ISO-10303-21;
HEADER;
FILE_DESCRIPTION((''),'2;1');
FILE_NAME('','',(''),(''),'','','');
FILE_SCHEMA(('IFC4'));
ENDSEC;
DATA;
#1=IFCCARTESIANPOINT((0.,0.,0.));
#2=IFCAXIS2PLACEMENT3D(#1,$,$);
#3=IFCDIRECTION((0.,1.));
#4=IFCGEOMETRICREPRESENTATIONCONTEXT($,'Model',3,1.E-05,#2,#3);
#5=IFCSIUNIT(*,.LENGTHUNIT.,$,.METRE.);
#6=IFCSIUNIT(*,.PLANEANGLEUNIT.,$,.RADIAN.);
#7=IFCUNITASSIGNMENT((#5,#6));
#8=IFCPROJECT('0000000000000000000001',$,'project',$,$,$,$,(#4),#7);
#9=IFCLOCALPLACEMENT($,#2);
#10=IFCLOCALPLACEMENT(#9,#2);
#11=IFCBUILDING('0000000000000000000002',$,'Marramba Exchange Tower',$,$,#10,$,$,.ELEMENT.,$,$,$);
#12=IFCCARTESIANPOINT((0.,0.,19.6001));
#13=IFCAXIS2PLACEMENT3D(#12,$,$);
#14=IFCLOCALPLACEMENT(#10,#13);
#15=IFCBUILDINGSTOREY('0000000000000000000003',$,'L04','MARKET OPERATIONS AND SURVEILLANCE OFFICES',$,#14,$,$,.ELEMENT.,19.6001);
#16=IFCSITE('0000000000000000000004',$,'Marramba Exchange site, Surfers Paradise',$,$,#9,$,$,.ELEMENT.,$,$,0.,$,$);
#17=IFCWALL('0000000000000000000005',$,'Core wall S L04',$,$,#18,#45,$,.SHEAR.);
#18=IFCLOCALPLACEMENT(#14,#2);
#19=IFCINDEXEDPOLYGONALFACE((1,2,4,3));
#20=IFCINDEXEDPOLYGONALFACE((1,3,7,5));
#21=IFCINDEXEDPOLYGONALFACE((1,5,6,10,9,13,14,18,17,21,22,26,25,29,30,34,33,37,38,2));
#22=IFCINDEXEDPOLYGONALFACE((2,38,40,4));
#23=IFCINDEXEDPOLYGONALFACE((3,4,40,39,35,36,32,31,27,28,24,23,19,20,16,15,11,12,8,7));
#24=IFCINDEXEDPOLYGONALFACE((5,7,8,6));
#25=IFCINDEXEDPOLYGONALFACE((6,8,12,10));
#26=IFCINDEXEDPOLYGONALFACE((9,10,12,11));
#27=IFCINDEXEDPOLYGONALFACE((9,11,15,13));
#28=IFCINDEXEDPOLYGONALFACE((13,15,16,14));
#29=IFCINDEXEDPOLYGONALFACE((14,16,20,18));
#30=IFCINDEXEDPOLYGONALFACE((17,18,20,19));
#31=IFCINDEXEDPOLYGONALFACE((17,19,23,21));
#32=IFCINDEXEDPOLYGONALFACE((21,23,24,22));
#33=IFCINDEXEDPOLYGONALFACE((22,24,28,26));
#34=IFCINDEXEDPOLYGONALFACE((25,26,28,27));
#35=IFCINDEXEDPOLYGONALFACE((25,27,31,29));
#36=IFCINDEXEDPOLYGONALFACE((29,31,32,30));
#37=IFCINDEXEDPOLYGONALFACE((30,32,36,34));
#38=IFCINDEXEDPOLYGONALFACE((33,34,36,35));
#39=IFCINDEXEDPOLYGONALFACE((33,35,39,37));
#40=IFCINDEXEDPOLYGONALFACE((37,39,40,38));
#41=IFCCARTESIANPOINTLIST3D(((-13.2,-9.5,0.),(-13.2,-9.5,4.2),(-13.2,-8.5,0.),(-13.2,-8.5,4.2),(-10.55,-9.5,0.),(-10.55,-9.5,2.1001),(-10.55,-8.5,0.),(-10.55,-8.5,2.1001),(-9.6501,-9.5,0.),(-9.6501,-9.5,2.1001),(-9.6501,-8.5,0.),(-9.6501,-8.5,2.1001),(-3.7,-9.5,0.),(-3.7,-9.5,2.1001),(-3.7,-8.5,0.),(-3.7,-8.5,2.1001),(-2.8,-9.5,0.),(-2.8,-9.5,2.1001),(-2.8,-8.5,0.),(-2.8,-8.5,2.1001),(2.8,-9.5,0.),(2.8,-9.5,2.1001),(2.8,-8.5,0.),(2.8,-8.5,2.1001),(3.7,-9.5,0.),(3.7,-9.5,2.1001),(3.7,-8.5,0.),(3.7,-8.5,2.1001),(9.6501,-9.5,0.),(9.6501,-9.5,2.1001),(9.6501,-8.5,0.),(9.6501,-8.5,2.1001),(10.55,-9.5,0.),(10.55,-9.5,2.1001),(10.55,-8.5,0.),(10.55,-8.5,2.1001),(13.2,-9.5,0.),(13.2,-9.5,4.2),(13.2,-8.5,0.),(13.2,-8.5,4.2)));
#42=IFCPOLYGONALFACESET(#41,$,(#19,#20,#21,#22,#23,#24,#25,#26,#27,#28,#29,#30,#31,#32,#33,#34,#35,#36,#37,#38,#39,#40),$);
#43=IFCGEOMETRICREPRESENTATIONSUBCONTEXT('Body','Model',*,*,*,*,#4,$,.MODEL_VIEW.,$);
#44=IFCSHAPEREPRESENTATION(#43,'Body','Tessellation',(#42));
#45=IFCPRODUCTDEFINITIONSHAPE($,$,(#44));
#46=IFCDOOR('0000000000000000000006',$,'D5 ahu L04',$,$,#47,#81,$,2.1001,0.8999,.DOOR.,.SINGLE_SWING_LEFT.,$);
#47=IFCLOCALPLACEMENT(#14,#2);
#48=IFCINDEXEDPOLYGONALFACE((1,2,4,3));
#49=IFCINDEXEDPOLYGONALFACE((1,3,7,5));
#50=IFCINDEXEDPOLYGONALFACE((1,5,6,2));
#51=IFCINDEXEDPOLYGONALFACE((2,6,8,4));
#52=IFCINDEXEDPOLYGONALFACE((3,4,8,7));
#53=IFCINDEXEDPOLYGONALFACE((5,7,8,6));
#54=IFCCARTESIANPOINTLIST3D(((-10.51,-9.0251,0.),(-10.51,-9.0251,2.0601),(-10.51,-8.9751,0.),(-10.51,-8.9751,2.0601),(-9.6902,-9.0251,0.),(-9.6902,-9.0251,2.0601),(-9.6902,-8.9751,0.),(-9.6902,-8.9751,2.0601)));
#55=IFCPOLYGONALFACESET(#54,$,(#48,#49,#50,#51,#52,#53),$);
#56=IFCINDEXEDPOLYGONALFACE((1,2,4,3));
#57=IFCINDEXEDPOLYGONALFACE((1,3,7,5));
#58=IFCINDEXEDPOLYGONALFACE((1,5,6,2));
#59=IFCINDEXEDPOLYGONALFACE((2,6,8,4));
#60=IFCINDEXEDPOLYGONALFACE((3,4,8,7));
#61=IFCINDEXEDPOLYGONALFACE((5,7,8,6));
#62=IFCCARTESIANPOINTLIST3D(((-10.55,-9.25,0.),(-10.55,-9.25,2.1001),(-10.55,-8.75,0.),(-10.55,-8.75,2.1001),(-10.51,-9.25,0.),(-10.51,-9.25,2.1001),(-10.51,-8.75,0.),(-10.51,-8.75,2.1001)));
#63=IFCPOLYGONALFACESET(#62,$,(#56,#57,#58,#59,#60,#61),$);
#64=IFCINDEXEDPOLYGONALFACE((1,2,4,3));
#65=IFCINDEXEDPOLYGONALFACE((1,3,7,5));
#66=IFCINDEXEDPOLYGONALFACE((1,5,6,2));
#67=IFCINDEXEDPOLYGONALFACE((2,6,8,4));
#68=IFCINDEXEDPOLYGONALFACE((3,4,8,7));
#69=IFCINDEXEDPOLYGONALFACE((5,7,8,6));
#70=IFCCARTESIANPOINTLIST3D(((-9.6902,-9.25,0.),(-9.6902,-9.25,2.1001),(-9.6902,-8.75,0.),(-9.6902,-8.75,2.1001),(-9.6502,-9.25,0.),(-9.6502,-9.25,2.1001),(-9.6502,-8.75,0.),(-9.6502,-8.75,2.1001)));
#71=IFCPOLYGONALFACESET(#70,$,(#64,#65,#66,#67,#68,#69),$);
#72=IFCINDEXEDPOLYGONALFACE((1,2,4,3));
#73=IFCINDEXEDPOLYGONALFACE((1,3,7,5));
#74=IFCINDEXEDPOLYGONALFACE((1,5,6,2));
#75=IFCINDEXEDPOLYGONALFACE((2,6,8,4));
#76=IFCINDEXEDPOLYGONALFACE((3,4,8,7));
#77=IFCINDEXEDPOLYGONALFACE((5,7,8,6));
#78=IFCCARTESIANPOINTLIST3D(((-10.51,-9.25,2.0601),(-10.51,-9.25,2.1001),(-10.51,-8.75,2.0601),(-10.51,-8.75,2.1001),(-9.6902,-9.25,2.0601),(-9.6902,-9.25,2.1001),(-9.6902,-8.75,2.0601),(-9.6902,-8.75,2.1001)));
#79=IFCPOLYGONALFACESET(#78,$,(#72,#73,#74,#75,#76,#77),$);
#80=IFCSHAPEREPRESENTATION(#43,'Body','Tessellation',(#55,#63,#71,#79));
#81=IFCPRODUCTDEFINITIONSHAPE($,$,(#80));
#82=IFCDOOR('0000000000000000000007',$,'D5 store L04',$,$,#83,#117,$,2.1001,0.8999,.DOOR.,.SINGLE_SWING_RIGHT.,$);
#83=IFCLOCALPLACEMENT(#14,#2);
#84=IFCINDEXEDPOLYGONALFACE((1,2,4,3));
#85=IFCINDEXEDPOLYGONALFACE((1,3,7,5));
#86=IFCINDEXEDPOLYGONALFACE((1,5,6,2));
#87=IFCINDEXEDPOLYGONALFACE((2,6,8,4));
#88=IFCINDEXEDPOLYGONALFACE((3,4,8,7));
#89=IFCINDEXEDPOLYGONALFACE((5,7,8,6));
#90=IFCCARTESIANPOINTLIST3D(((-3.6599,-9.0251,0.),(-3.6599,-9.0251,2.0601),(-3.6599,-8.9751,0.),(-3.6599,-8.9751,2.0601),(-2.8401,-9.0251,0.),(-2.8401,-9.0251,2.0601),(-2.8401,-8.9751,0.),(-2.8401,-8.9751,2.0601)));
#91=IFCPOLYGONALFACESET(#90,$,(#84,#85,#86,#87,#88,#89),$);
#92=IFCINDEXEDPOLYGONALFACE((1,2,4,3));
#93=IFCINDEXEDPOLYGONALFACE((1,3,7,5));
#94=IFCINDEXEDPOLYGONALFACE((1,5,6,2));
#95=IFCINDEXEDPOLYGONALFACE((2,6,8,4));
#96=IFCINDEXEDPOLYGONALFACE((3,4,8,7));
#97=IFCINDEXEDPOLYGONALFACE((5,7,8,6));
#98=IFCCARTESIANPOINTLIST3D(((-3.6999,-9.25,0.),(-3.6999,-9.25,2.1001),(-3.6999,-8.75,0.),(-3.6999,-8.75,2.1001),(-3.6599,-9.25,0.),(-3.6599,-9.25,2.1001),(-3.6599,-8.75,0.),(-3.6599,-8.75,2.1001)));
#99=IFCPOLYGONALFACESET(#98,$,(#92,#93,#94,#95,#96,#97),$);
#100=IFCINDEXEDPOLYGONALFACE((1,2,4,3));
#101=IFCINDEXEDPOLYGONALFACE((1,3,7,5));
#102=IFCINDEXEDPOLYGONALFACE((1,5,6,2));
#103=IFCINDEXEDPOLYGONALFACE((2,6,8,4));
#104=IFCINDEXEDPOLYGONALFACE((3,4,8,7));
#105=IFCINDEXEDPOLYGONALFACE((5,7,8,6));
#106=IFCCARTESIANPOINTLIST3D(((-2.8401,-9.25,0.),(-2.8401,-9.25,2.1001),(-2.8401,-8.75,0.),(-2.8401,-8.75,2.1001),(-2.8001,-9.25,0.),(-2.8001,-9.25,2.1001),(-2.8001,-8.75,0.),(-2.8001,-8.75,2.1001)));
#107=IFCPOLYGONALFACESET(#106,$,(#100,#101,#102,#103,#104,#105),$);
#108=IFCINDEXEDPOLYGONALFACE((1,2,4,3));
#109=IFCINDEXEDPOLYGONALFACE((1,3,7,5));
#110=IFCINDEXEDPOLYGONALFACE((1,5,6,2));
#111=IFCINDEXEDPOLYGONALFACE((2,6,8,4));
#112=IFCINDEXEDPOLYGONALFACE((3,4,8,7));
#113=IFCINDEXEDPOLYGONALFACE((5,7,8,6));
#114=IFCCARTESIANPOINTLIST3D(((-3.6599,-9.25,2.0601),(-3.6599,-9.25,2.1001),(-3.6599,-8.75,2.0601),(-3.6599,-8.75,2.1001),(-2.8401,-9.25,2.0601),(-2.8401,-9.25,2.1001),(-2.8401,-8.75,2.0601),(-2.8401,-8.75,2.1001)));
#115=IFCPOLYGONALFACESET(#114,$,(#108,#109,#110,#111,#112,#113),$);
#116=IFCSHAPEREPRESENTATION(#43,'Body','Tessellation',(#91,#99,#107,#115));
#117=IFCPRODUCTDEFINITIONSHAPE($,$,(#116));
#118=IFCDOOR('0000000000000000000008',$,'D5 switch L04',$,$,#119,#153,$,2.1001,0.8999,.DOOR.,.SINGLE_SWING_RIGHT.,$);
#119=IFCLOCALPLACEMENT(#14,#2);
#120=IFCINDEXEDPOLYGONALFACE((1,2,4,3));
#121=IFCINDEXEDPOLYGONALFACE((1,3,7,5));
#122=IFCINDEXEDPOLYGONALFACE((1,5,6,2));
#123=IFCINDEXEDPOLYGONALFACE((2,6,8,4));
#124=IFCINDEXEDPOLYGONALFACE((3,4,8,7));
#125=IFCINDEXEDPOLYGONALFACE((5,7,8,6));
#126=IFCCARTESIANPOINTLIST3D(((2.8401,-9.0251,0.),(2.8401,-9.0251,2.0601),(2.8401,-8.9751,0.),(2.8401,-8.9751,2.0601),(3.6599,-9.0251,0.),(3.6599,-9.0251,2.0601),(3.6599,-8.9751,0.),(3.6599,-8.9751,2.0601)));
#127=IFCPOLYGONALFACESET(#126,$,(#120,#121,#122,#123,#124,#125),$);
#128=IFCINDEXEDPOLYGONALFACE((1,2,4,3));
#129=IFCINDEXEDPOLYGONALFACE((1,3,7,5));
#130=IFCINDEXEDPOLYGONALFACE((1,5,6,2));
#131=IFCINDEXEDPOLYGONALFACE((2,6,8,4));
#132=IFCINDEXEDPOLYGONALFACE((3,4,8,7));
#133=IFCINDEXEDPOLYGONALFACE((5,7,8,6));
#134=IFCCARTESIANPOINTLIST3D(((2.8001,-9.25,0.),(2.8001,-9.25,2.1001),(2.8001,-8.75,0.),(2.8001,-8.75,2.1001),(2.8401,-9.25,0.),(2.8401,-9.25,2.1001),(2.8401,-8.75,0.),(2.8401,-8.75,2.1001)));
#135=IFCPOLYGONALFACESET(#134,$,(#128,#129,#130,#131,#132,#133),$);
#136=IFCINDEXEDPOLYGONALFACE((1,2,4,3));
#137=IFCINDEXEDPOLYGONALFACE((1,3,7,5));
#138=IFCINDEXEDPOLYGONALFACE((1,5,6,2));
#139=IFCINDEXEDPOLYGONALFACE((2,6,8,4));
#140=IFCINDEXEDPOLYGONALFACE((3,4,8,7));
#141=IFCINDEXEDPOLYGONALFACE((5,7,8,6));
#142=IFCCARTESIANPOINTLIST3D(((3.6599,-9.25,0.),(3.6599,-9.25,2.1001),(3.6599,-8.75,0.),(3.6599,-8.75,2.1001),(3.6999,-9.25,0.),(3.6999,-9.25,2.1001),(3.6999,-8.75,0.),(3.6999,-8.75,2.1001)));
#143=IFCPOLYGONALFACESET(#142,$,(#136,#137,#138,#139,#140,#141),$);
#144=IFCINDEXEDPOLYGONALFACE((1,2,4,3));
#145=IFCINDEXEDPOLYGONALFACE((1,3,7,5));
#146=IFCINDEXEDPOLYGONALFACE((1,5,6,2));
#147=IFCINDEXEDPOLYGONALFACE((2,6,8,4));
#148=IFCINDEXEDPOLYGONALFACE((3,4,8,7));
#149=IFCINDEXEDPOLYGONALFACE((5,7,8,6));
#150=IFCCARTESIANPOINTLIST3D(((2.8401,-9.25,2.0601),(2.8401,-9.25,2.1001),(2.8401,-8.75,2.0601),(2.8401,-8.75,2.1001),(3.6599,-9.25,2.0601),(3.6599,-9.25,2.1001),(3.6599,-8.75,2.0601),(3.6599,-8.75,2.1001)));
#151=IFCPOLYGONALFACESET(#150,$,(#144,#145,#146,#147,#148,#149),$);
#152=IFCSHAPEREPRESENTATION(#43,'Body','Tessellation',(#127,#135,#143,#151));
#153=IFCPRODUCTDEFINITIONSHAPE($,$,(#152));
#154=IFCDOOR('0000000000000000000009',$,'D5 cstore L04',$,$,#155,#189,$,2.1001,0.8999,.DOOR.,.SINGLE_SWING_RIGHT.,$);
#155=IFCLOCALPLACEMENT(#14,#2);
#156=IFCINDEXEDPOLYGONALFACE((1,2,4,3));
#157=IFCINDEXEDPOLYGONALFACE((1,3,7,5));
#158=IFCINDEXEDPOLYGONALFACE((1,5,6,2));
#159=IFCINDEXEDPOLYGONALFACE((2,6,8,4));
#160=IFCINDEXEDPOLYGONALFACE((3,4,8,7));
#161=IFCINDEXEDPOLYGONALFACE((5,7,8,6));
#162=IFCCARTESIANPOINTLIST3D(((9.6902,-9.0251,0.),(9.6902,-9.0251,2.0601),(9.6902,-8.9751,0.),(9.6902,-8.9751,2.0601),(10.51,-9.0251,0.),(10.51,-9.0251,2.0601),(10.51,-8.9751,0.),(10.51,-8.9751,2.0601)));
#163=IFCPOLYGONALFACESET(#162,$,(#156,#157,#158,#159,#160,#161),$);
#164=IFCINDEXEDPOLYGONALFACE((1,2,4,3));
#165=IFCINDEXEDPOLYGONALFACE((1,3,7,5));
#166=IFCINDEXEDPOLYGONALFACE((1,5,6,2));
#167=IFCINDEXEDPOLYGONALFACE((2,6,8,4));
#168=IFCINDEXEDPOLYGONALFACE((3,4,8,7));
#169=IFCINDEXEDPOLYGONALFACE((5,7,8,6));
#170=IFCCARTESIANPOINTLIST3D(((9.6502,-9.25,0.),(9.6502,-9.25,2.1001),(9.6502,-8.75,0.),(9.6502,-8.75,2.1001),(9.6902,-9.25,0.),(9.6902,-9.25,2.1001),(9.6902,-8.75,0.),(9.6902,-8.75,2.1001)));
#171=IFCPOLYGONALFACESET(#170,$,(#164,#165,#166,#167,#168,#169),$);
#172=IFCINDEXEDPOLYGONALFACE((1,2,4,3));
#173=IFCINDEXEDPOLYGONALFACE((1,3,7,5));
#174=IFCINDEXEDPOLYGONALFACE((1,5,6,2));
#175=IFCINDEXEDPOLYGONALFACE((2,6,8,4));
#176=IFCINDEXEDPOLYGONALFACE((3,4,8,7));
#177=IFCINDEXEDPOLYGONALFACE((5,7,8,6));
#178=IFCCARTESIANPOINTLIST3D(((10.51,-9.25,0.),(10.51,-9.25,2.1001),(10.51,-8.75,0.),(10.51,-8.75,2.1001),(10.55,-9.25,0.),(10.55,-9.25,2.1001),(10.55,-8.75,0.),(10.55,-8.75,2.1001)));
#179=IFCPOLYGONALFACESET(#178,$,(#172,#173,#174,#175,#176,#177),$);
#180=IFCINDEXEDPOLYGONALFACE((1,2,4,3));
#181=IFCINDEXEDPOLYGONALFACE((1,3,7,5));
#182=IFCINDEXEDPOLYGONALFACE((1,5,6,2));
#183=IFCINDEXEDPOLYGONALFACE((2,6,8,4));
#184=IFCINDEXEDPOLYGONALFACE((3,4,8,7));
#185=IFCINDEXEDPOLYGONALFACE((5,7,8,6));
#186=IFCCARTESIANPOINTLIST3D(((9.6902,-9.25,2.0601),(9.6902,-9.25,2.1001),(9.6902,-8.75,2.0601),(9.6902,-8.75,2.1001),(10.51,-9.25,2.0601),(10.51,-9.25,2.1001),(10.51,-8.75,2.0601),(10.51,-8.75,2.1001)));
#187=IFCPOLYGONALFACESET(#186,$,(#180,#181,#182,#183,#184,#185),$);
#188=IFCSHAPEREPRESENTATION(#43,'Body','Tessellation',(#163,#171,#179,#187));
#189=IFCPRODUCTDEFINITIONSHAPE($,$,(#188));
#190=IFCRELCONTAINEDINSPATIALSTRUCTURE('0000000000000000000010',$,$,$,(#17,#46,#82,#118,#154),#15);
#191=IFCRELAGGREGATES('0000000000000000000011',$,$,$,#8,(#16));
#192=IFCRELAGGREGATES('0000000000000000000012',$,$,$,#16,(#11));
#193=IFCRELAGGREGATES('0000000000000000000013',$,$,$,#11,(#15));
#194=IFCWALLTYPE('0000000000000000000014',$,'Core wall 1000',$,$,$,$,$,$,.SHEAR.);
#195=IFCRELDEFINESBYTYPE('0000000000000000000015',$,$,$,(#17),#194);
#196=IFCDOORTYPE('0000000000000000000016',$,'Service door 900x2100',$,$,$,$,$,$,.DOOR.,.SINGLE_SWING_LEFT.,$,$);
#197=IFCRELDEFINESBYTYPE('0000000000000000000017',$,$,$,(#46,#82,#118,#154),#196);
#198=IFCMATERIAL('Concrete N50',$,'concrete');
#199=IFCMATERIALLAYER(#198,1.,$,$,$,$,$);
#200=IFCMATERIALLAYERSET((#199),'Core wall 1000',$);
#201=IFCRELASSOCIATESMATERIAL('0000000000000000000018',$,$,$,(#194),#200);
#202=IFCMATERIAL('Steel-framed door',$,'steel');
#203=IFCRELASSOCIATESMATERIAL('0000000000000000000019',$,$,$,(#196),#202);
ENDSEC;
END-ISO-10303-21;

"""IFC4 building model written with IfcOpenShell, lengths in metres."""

from ifc_helpers import new_model, si_unit, direction, frame, frame_2d, origin, place, context, subcontext, project, spatial, rectangle, extrude, material, layer, layer_set, type_object, element, fill, save


model = new_model("IFC4")

# Units and contexts
model_context = context("Model", 3, precision=1e-05, world=origin(), true_north=direction((0.0, 1.0)))
body_context = subcontext(model_context, "Body", "Model", "MODEL_VIEW")
ifc_project = project(units=[si_unit("LENGTHUNIT", "METRE"), si_unit("PLANEANGLEUNIT", "RADIAN")], contexts=[model_context])

# Site, building, storey
site_placement = place(None, origin())
site = spatial("IfcSite", under=ifc_project, at=site_placement, Name="Marramba Exchange site, Surfers Paradise", CompositionType="ELEMENT", RefElevation=0.0)
building_placement = place(site_placement, origin())
building = spatial("IfcBuilding", under=site, at=building_placement, Name="Marramba Exchange Tower", CompositionType="ELEMENT")
storey_placement = place(building_placement, frame((0.0, 0.0, 19.6001)))
storey = spatial("IfcBuildingStorey", under=building, at=storey_placement, Name="L04", Description="MARKET OPERATIONS AND SURVEILLANCE OFFICES", CompositionType="ELEMENT", Elevation=19.6001)

# Shared definitions
ifc_material_1 = material(Name="Concrete N50", Category="concrete")

# Wall, openings, doors
ifc_layer_1 = layer(ifc_material_1, 1.0)
ifc_layer_set_1 = layer_set([ifc_layer_1], Name="Core wall 1000")
wall_type_1 = type_object("IfcWallType", Name="Core wall 1000", PredefinedType="SHEAR", material=ifc_layer_set_1)
wall_1_placement = place(storey_placement, frame((-13.2, -9.0, 0.0), z_axis=(0.0, 0.0, 1.0), x_axis=(1.0, 0.0, 0.0)))
wall_1 = element("IfcWall", 1, at=wall_1_placement, inside=storey, type_object=wall_type_1, Name="Core wall S L04", PredefinedType="SHEAR", context=body_context, shape_type="SweptSolid", body=[
    extrude(rectangle(XDim=26.3999, YDim=1.0, at=frame_2d((13.2, 0.0))), origin(), (0.0, 0.0, 1.0), 4.2),
])
opening_1_placement = place(wall_1_placement, frame((2.6499, 0.0, 0.0)))
opening_1 = element("IfcOpeningElement", 2, at=opening_1_placement, cuts=wall_1, PredefinedType="OPENING", context=body_context, shape_type="SweptSolid", body=[
    extrude(rectangle(XDim=0.8999, YDim=2.1001, at=frame_2d((0.45, 1.05))), frame((0.0, 0.51, 0.0), z_axis=(0.0, -1.0, 0.0), x_axis=(1.0, 0.0, 0.0)), (0.0, 0.0, 1.0), 1.02),
])
opening_2_placement = place(wall_1_placement, frame((9.5, 0.0, 0.0)))
opening_2 = element("IfcOpeningElement", 3, at=opening_2_placement, cuts=wall_1, PredefinedType="OPENING", context=body_context, shape_type="SweptSolid", body=[
    extrude(rectangle(XDim=0.8999, YDim=2.1001, at=frame_2d((0.45, 1.05))), frame((0.0, 0.51, 0.0), z_axis=(0.0, -1.0, 0.0), x_axis=(1.0, 0.0, 0.0)), (0.0, 0.0, 1.0), 1.02),
])
opening_3_placement = place(wall_1_placement, frame((16.0, 0.0, 0.0)))
opening_3 = element("IfcOpeningElement", 4, at=opening_3_placement, cuts=wall_1, PredefinedType="OPENING", context=body_context, shape_type="SweptSolid", body=[
    extrude(rectangle(XDim=0.8999, YDim=2.1001, at=frame_2d((0.45, 1.05))), frame((0.0, 0.51, 0.0), z_axis=(0.0, -1.0, 0.0), x_axis=(1.0, 0.0, 0.0)), (0.0, 0.0, 1.0), 1.02),
])
opening_4_placement = place(wall_1_placement, frame((22.8501, 0.0, 0.0)))
opening_4 = element("IfcOpeningElement", 5, at=opening_4_placement, cuts=wall_1, PredefinedType="OPENING", context=body_context, shape_type="SweptSolid", body=[
    extrude(rectangle(XDim=0.8999, YDim=2.1001, at=frame_2d((0.45, 1.05))), frame((0.0, 0.51, 0.0), z_axis=(0.0, -1.0, 0.0), x_axis=(1.0, 0.0, 0.0)), (0.0, 0.0, 1.0), 1.02),
])
ifc_material_2 = material(Name="Steel-framed door", Category="steel")
door_type_1 = type_object("IfcDoorType", Name="Service door 900x2100", OperationType="SINGLE_SWING_LEFT", PredefinedType="DOOR", material=ifc_material_2)
door_1_placement = place(opening_1_placement, origin())
door_1 = element("IfcDoor", 6, at=door_1_placement, inside=storey, type_object=door_type_1, Name="D5 ahu L04", OperationType="SINGLE_SWING_LEFT", OverallHeight=2.1001, OverallWidth=0.8999, PredefinedType="DOOR", context=body_context, shape_type="SweptSolid", body=[
    extrude(rectangle(XDim=0.8198, YDim=2.0601, at=frame_2d((0.45, 1.03))), frame((0.0, 0.0249, 0.0), z_axis=(0.0, -1.0, 0.0), x_axis=(1.0, 0.0, 0.0)), (0.0, 0.0, 1.0), 0.05),
    extrude(rectangle(XDim=0.04, YDim=2.1001, at=frame_2d((0.02, 1.05))), frame((0.0, 0.25, 0.0), z_axis=(0.0, -1.0, 0.0), x_axis=(1.0, 0.0, 0.0)), (0.0, 0.0, 1.0), 0.5),
    extrude(rectangle(XDim=0.04, YDim=2.1001, at=frame_2d((0.8799, 1.05))), frame((0.0, 0.25, 0.0), z_axis=(0.0, -1.0, 0.0), x_axis=(1.0, 0.0, 0.0)), (0.0, 0.0, 1.0), 0.5),
    extrude(rectangle(XDim=0.8198, YDim=0.04, at=frame_2d((0.45, 2.0801))), frame((0.0, 0.25, 0.0), z_axis=(0.0, -1.0, 0.0), x_axis=(1.0, 0.0, 0.0)), (0.0, 0.0, 1.0), 0.5),
])
fill(opening_1, door_1)
door_2_placement = place(opening_2_placement, origin())
door_2 = element("IfcDoor", 7, at=door_2_placement, inside=storey, type_object=door_type_1, Name="D5 store L04", OperationType="SINGLE_SWING_RIGHT", OverallHeight=2.1001, OverallWidth=0.8999, PredefinedType="DOOR", context=body_context, shape_type="SweptSolid", body=[
    extrude(rectangle(XDim=0.8198, YDim=2.0601, at=frame_2d((0.45, 1.03))), frame((0.0, 0.0249, 0.0), z_axis=(0.0, -1.0, 0.0), x_axis=(1.0, 0.0, 0.0)), (0.0, 0.0, 1.0), 0.05),
    extrude(rectangle(XDim=0.04, YDim=2.1001, at=frame_2d((0.02, 1.05))), frame((0.0, 0.25, 0.0), z_axis=(0.0, -1.0, 0.0), x_axis=(1.0, 0.0, 0.0)), (0.0, 0.0, 1.0), 0.5),
    extrude(rectangle(XDim=0.04, YDim=2.1001, at=frame_2d((0.8799, 1.05))), frame((0.0, 0.25, 0.0), z_axis=(0.0, -1.0, 0.0), x_axis=(1.0, 0.0, 0.0)), (0.0, 0.0, 1.0), 0.5),
    extrude(rectangle(XDim=0.8198, YDim=0.04, at=frame_2d((0.45, 2.0801))), frame((0.0, 0.25, 0.0), z_axis=(0.0, -1.0, 0.0), x_axis=(1.0, 0.0, 0.0)), (0.0, 0.0, 1.0), 0.5),
])
fill(opening_2, door_2)
door_3_placement = place(opening_3_placement, origin())
door_3 = element("IfcDoor", 8, at=door_3_placement, inside=storey, type_object=door_type_1, Name="D5 switch L04", OperationType="SINGLE_SWING_RIGHT", OverallHeight=2.1001, OverallWidth=0.8999, PredefinedType="DOOR", context=body_context, shape_type="SweptSolid", body=[
    extrude(rectangle(XDim=0.8198, YDim=2.0601, at=frame_2d((0.45, 1.03))), frame((0.0, 0.0249, 0.0), z_axis=(0.0, -1.0, 0.0), x_axis=(1.0, 0.0, 0.0)), (0.0, 0.0, 1.0), 0.05),
    extrude(rectangle(XDim=0.04, YDim=2.1001, at=frame_2d((0.02, 1.05))), frame((0.0, 0.25, 0.0), z_axis=(0.0, -1.0, 0.0), x_axis=(1.0, 0.0, 0.0)), (0.0, 0.0, 1.0), 0.5),
    extrude(rectangle(XDim=0.04, YDim=2.1001, at=frame_2d((0.8799, 1.05))), frame((0.0, 0.25, 0.0), z_axis=(0.0, -1.0, 0.0), x_axis=(1.0, 0.0, 0.0)), (0.0, 0.0, 1.0), 0.5),
    extrude(rectangle(XDim=0.8198, YDim=0.04, at=frame_2d((0.45, 2.0801))), frame((0.0, 0.25, 0.0), z_axis=(0.0, -1.0, 0.0), x_axis=(1.0, 0.0, 0.0)), (0.0, 0.0, 1.0), 0.5),
])
fill(opening_3, door_3)
door_4_placement = place(opening_4_placement, origin())
door_4 = element("IfcDoor", 9, at=door_4_placement, inside=storey, type_object=door_type_1, Name="D5 cstore L04", OperationType="SINGLE_SWING_RIGHT", OverallHeight=2.1001, OverallWidth=0.8999, PredefinedType="DOOR", context=body_context, shape_type="SweptSolid", body=[
    extrude(rectangle(XDim=0.8198, YDim=2.0601, at=frame_2d((0.45, 1.03))), frame((0.0, 0.0249, 0.0), z_axis=(0.0, -1.0, 0.0), x_axis=(1.0, 0.0, 0.0)), (0.0, 0.0, 1.0), 0.05),
    extrude(rectangle(XDim=0.04, YDim=2.1001, at=frame_2d((0.02, 1.05))), frame((0.0, 0.25, 0.0), z_axis=(0.0, -1.0, 0.0), x_axis=(1.0, 0.0, 0.0)), (0.0, 0.0, 1.0), 0.5),
    extrude(rectangle(XDim=0.04, YDim=2.1001, at=frame_2d((0.8799, 1.05))), frame((0.0, 0.25, 0.0), z_axis=(0.0, -1.0, 0.0), x_axis=(1.0, 0.0, 0.0)), (0.0, 0.0, 1.0), 0.5),
    extrude(rectangle(XDim=0.8198, YDim=0.04, at=frame_2d((0.45, 2.0801))), frame((0.0, 0.25, 0.0), z_axis=(0.0, -1.0, 0.0), x_axis=(1.0, 0.0, 0.0)), (0.0, 0.0, 1.0), 0.5),
])
fill(opening_4, door_4)

save(model, "model.ifc")
